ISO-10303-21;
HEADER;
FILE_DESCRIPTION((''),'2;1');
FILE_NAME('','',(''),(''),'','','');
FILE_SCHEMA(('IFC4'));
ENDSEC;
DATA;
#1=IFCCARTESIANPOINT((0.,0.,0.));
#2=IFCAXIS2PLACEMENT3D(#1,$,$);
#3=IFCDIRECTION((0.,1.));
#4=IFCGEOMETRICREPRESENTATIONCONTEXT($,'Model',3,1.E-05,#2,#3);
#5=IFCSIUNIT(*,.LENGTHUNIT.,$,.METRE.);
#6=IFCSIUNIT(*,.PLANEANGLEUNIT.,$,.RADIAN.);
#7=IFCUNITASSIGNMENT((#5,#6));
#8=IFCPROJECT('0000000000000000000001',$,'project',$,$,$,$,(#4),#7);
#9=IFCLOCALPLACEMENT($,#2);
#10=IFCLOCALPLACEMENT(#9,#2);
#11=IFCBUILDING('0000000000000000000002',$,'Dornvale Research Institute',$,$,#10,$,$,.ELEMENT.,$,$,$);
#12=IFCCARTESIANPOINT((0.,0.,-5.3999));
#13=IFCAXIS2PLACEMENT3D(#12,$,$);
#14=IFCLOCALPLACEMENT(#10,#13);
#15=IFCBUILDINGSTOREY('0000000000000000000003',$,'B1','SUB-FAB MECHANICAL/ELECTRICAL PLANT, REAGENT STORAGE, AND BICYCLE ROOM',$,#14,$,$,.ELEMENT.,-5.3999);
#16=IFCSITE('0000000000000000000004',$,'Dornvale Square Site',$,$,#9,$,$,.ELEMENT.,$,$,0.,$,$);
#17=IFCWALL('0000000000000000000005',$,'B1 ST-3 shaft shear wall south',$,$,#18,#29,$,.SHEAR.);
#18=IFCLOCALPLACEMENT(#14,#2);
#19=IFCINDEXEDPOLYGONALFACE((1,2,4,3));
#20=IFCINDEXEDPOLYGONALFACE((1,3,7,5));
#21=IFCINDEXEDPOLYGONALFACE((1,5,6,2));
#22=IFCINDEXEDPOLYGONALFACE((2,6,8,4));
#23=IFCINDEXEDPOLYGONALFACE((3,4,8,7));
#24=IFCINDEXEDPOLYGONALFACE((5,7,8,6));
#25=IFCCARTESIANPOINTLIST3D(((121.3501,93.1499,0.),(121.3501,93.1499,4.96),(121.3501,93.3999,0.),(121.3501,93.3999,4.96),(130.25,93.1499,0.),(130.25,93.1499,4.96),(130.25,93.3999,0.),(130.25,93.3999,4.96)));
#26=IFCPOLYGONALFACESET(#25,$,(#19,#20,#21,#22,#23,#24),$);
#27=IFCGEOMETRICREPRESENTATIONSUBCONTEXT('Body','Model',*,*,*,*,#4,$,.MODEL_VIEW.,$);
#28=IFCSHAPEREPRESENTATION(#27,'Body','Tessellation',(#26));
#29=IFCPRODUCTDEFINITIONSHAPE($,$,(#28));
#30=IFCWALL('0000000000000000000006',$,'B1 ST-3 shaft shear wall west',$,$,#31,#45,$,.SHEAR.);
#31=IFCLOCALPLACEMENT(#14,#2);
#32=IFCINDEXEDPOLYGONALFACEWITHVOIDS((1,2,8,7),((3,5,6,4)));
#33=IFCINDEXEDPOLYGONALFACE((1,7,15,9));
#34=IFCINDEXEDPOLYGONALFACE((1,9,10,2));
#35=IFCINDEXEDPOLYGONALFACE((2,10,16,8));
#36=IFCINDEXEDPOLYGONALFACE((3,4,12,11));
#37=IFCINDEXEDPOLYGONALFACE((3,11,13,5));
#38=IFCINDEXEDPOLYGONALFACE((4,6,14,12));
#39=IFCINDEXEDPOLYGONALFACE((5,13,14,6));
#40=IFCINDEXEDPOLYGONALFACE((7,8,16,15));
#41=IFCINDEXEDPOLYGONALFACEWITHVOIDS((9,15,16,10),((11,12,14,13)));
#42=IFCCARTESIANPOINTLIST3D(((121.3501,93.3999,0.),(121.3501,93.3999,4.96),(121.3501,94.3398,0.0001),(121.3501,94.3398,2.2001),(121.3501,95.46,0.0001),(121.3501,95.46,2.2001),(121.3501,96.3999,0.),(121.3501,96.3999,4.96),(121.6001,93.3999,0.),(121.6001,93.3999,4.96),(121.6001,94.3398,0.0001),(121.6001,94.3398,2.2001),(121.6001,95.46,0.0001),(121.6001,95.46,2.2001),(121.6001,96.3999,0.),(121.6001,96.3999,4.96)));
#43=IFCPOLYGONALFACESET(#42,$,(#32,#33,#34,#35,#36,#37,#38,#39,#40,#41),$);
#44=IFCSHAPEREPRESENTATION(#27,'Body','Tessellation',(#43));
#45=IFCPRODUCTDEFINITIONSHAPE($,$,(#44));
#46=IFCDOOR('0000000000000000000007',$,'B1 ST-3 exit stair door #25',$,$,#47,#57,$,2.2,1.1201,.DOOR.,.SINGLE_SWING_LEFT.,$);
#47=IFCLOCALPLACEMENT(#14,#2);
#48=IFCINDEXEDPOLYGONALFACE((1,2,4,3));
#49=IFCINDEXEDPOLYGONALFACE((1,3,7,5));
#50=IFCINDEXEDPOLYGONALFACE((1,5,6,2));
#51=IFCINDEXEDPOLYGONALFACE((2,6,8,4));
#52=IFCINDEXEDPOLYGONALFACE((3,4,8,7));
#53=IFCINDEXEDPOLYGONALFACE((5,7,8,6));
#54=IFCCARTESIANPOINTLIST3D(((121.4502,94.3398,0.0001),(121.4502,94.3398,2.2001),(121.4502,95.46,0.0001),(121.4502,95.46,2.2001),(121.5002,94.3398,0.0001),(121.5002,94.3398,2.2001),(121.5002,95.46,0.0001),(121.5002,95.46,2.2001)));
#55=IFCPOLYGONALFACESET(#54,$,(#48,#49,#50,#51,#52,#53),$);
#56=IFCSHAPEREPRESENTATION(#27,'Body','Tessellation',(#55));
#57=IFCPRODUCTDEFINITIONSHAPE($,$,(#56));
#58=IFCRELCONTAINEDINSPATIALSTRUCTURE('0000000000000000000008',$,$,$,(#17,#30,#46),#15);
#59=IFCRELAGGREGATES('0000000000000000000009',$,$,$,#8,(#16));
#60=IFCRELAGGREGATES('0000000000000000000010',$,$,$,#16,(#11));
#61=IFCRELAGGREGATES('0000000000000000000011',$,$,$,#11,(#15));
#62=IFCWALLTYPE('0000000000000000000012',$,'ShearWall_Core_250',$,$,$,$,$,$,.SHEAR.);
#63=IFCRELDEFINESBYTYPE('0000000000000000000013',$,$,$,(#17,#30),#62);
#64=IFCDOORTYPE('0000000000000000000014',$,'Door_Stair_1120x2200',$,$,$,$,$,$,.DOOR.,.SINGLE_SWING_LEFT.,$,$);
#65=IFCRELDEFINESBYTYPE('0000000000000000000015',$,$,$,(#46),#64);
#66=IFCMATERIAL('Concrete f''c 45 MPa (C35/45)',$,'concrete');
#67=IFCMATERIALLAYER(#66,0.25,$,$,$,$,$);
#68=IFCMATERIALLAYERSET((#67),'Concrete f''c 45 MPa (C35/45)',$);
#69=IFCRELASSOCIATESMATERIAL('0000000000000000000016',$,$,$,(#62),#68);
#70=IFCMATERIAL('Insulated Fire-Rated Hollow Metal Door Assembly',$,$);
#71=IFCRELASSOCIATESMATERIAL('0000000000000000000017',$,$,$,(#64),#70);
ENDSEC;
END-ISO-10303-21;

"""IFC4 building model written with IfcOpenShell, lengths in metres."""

from ifc_helpers import new_model, si_unit, direction, frame, frame_2d, origin, place, context, subcontext, project, spatial, rectangle, extrude, material, layer, layer_set, type_object, element, fill, save


model = new_model("IFC4")

# Units and contexts
model_context = context("Model", 3, precision=1e-05, world=origin(), true_north=direction((0.0, 1.0)))
body_context = subcontext(model_context, "Body", "Model", "MODEL_VIEW")
ifc_project = project(units=[si_unit("LENGTHUNIT", "METRE"), si_unit("PLANEANGLEUNIT", "RADIAN")], contexts=[model_context])

# Site, building, storey
site_placement = place(None, origin())
site = spatial("IfcSite", under=ifc_project, at=site_placement, Name="Dornvale Square Site", CompositionType="ELEMENT", RefElevation=0.0)
building_placement = place(site_placement, origin())
building = spatial("IfcBuilding", under=site, at=building_placement, Name="Dornvale Research Institute", CompositionType="ELEMENT")
storey_placement = place(building_placement, frame((0.0, 0.0, -5.3999)))
storey = spatial("IfcBuildingStorey", under=building, at=storey_placement, Name="B1", Description="SUB-FAB MECHANICAL/ELECTRICAL PLANT, REAGENT STORAGE, AND BICYCLE ROOM", CompositionType="ELEMENT", Elevation=-5.3999)

# Wall
ifc_material_1 = material(Name="Concrete f'c 45 MPa (C35/45)", Category="concrete")
ifc_layer_1 = layer(ifc_material_1, 0.25)
ifc_layer_set_1 = layer_set([ifc_layer_1], Name="Concrete f'c 45 MPa (C35/45)")
wall_type_1 = type_object("IfcWallType", Name="ShearWall_Core_250", PredefinedType="SHEAR", material=ifc_layer_set_1)
wall_1_placement = place(storey_placement, frame((121.3501, 93.2749, 0.0), z_axis=(0.0, 0.0, 1.0), x_axis=(1.0, 0.0, 0.0)))
element("IfcWall", 1, at=wall_1_placement, inside=storey, type_object=wall_type_1, Name="B1 ST-3 shaft shear wall south", PredefinedType="SHEAR", context=body_context, shape_type="SweptSolid", body=[
    extrude(rectangle(XDim=8.8999, YDim=0.25, at=frame_2d((4.45, 0.0))), origin(), (0.0, 0.0, 1.0), 4.96),
])

# Wall, opening, door
wall_2_placement = place(storey_placement, frame((121.4751, 93.3999, 0.0), z_axis=(0.0, 0.0, 1.0), x_axis=(0.0, 1.0, 0.0)))
wall_2 = element("IfcWall", 2, at=wall_2_placement, inside=storey, type_object=wall_type_1, Name="B1 ST-3 shaft shear wall west", PredefinedType="SHEAR", context=body_context, shape_type="SweptSolid", body=[
    extrude(rectangle(XDim=3.0, YDim=0.25, at=frame_2d((1.5, 0.0))), origin(), (0.0, 0.0, 1.0), 4.96),
])
opening_placement = place(wall_2_placement, frame((0.9399, 0.0, 0.0)))
opening = element("IfcOpeningElement", 3, at=opening_placement, cuts=wall_2, PredefinedType="OPENING", context=body_context, shape_type="SweptSolid", body=[
    extrude(rectangle(XDim=1.1201, YDim=2.2, at=frame_2d((0.5601, 1.1001))), frame((0.0, 0.1399, 0.0), z_axis=(0.0, -1.0, 0.0), x_axis=(1.0, 0.0, 0.0)), (0.0, 0.0, 1.0), 0.28),
])
ifc_material_2 = material(Name="Insulated Fire-Rated Hollow Metal Door Assembly")
door_type = type_object("IfcDoorType", Name="Door_Stair_1120x2200", OperationType="SINGLE_SWING_LEFT", PredefinedType="DOOR", material=ifc_material_2)
door_placement = place(opening_placement, origin())
door = element("IfcDoor", 4, at=door_placement, inside=storey, type_object=door_type, Name="B1 ST-3 exit stair door #25", OperationType="SINGLE_SWING_LEFT", OverallHeight=2.2, OverallWidth=1.1201, PredefinedType="DOOR", context=body_context, shape_type="SweptSolid", body=[
    extrude(rectangle(XDim=1.1201, YDim=2.2, at=frame_2d((0.5601, 1.1001))), frame((0.0, 0.0249, 0.0), z_axis=(0.0, -1.0, 0.0), x_axis=(1.0, 0.0, 0.0)), (0.0, 0.0, 1.0), 0.05),
])
fill(opening, door)

save(model, "model.ifc")
